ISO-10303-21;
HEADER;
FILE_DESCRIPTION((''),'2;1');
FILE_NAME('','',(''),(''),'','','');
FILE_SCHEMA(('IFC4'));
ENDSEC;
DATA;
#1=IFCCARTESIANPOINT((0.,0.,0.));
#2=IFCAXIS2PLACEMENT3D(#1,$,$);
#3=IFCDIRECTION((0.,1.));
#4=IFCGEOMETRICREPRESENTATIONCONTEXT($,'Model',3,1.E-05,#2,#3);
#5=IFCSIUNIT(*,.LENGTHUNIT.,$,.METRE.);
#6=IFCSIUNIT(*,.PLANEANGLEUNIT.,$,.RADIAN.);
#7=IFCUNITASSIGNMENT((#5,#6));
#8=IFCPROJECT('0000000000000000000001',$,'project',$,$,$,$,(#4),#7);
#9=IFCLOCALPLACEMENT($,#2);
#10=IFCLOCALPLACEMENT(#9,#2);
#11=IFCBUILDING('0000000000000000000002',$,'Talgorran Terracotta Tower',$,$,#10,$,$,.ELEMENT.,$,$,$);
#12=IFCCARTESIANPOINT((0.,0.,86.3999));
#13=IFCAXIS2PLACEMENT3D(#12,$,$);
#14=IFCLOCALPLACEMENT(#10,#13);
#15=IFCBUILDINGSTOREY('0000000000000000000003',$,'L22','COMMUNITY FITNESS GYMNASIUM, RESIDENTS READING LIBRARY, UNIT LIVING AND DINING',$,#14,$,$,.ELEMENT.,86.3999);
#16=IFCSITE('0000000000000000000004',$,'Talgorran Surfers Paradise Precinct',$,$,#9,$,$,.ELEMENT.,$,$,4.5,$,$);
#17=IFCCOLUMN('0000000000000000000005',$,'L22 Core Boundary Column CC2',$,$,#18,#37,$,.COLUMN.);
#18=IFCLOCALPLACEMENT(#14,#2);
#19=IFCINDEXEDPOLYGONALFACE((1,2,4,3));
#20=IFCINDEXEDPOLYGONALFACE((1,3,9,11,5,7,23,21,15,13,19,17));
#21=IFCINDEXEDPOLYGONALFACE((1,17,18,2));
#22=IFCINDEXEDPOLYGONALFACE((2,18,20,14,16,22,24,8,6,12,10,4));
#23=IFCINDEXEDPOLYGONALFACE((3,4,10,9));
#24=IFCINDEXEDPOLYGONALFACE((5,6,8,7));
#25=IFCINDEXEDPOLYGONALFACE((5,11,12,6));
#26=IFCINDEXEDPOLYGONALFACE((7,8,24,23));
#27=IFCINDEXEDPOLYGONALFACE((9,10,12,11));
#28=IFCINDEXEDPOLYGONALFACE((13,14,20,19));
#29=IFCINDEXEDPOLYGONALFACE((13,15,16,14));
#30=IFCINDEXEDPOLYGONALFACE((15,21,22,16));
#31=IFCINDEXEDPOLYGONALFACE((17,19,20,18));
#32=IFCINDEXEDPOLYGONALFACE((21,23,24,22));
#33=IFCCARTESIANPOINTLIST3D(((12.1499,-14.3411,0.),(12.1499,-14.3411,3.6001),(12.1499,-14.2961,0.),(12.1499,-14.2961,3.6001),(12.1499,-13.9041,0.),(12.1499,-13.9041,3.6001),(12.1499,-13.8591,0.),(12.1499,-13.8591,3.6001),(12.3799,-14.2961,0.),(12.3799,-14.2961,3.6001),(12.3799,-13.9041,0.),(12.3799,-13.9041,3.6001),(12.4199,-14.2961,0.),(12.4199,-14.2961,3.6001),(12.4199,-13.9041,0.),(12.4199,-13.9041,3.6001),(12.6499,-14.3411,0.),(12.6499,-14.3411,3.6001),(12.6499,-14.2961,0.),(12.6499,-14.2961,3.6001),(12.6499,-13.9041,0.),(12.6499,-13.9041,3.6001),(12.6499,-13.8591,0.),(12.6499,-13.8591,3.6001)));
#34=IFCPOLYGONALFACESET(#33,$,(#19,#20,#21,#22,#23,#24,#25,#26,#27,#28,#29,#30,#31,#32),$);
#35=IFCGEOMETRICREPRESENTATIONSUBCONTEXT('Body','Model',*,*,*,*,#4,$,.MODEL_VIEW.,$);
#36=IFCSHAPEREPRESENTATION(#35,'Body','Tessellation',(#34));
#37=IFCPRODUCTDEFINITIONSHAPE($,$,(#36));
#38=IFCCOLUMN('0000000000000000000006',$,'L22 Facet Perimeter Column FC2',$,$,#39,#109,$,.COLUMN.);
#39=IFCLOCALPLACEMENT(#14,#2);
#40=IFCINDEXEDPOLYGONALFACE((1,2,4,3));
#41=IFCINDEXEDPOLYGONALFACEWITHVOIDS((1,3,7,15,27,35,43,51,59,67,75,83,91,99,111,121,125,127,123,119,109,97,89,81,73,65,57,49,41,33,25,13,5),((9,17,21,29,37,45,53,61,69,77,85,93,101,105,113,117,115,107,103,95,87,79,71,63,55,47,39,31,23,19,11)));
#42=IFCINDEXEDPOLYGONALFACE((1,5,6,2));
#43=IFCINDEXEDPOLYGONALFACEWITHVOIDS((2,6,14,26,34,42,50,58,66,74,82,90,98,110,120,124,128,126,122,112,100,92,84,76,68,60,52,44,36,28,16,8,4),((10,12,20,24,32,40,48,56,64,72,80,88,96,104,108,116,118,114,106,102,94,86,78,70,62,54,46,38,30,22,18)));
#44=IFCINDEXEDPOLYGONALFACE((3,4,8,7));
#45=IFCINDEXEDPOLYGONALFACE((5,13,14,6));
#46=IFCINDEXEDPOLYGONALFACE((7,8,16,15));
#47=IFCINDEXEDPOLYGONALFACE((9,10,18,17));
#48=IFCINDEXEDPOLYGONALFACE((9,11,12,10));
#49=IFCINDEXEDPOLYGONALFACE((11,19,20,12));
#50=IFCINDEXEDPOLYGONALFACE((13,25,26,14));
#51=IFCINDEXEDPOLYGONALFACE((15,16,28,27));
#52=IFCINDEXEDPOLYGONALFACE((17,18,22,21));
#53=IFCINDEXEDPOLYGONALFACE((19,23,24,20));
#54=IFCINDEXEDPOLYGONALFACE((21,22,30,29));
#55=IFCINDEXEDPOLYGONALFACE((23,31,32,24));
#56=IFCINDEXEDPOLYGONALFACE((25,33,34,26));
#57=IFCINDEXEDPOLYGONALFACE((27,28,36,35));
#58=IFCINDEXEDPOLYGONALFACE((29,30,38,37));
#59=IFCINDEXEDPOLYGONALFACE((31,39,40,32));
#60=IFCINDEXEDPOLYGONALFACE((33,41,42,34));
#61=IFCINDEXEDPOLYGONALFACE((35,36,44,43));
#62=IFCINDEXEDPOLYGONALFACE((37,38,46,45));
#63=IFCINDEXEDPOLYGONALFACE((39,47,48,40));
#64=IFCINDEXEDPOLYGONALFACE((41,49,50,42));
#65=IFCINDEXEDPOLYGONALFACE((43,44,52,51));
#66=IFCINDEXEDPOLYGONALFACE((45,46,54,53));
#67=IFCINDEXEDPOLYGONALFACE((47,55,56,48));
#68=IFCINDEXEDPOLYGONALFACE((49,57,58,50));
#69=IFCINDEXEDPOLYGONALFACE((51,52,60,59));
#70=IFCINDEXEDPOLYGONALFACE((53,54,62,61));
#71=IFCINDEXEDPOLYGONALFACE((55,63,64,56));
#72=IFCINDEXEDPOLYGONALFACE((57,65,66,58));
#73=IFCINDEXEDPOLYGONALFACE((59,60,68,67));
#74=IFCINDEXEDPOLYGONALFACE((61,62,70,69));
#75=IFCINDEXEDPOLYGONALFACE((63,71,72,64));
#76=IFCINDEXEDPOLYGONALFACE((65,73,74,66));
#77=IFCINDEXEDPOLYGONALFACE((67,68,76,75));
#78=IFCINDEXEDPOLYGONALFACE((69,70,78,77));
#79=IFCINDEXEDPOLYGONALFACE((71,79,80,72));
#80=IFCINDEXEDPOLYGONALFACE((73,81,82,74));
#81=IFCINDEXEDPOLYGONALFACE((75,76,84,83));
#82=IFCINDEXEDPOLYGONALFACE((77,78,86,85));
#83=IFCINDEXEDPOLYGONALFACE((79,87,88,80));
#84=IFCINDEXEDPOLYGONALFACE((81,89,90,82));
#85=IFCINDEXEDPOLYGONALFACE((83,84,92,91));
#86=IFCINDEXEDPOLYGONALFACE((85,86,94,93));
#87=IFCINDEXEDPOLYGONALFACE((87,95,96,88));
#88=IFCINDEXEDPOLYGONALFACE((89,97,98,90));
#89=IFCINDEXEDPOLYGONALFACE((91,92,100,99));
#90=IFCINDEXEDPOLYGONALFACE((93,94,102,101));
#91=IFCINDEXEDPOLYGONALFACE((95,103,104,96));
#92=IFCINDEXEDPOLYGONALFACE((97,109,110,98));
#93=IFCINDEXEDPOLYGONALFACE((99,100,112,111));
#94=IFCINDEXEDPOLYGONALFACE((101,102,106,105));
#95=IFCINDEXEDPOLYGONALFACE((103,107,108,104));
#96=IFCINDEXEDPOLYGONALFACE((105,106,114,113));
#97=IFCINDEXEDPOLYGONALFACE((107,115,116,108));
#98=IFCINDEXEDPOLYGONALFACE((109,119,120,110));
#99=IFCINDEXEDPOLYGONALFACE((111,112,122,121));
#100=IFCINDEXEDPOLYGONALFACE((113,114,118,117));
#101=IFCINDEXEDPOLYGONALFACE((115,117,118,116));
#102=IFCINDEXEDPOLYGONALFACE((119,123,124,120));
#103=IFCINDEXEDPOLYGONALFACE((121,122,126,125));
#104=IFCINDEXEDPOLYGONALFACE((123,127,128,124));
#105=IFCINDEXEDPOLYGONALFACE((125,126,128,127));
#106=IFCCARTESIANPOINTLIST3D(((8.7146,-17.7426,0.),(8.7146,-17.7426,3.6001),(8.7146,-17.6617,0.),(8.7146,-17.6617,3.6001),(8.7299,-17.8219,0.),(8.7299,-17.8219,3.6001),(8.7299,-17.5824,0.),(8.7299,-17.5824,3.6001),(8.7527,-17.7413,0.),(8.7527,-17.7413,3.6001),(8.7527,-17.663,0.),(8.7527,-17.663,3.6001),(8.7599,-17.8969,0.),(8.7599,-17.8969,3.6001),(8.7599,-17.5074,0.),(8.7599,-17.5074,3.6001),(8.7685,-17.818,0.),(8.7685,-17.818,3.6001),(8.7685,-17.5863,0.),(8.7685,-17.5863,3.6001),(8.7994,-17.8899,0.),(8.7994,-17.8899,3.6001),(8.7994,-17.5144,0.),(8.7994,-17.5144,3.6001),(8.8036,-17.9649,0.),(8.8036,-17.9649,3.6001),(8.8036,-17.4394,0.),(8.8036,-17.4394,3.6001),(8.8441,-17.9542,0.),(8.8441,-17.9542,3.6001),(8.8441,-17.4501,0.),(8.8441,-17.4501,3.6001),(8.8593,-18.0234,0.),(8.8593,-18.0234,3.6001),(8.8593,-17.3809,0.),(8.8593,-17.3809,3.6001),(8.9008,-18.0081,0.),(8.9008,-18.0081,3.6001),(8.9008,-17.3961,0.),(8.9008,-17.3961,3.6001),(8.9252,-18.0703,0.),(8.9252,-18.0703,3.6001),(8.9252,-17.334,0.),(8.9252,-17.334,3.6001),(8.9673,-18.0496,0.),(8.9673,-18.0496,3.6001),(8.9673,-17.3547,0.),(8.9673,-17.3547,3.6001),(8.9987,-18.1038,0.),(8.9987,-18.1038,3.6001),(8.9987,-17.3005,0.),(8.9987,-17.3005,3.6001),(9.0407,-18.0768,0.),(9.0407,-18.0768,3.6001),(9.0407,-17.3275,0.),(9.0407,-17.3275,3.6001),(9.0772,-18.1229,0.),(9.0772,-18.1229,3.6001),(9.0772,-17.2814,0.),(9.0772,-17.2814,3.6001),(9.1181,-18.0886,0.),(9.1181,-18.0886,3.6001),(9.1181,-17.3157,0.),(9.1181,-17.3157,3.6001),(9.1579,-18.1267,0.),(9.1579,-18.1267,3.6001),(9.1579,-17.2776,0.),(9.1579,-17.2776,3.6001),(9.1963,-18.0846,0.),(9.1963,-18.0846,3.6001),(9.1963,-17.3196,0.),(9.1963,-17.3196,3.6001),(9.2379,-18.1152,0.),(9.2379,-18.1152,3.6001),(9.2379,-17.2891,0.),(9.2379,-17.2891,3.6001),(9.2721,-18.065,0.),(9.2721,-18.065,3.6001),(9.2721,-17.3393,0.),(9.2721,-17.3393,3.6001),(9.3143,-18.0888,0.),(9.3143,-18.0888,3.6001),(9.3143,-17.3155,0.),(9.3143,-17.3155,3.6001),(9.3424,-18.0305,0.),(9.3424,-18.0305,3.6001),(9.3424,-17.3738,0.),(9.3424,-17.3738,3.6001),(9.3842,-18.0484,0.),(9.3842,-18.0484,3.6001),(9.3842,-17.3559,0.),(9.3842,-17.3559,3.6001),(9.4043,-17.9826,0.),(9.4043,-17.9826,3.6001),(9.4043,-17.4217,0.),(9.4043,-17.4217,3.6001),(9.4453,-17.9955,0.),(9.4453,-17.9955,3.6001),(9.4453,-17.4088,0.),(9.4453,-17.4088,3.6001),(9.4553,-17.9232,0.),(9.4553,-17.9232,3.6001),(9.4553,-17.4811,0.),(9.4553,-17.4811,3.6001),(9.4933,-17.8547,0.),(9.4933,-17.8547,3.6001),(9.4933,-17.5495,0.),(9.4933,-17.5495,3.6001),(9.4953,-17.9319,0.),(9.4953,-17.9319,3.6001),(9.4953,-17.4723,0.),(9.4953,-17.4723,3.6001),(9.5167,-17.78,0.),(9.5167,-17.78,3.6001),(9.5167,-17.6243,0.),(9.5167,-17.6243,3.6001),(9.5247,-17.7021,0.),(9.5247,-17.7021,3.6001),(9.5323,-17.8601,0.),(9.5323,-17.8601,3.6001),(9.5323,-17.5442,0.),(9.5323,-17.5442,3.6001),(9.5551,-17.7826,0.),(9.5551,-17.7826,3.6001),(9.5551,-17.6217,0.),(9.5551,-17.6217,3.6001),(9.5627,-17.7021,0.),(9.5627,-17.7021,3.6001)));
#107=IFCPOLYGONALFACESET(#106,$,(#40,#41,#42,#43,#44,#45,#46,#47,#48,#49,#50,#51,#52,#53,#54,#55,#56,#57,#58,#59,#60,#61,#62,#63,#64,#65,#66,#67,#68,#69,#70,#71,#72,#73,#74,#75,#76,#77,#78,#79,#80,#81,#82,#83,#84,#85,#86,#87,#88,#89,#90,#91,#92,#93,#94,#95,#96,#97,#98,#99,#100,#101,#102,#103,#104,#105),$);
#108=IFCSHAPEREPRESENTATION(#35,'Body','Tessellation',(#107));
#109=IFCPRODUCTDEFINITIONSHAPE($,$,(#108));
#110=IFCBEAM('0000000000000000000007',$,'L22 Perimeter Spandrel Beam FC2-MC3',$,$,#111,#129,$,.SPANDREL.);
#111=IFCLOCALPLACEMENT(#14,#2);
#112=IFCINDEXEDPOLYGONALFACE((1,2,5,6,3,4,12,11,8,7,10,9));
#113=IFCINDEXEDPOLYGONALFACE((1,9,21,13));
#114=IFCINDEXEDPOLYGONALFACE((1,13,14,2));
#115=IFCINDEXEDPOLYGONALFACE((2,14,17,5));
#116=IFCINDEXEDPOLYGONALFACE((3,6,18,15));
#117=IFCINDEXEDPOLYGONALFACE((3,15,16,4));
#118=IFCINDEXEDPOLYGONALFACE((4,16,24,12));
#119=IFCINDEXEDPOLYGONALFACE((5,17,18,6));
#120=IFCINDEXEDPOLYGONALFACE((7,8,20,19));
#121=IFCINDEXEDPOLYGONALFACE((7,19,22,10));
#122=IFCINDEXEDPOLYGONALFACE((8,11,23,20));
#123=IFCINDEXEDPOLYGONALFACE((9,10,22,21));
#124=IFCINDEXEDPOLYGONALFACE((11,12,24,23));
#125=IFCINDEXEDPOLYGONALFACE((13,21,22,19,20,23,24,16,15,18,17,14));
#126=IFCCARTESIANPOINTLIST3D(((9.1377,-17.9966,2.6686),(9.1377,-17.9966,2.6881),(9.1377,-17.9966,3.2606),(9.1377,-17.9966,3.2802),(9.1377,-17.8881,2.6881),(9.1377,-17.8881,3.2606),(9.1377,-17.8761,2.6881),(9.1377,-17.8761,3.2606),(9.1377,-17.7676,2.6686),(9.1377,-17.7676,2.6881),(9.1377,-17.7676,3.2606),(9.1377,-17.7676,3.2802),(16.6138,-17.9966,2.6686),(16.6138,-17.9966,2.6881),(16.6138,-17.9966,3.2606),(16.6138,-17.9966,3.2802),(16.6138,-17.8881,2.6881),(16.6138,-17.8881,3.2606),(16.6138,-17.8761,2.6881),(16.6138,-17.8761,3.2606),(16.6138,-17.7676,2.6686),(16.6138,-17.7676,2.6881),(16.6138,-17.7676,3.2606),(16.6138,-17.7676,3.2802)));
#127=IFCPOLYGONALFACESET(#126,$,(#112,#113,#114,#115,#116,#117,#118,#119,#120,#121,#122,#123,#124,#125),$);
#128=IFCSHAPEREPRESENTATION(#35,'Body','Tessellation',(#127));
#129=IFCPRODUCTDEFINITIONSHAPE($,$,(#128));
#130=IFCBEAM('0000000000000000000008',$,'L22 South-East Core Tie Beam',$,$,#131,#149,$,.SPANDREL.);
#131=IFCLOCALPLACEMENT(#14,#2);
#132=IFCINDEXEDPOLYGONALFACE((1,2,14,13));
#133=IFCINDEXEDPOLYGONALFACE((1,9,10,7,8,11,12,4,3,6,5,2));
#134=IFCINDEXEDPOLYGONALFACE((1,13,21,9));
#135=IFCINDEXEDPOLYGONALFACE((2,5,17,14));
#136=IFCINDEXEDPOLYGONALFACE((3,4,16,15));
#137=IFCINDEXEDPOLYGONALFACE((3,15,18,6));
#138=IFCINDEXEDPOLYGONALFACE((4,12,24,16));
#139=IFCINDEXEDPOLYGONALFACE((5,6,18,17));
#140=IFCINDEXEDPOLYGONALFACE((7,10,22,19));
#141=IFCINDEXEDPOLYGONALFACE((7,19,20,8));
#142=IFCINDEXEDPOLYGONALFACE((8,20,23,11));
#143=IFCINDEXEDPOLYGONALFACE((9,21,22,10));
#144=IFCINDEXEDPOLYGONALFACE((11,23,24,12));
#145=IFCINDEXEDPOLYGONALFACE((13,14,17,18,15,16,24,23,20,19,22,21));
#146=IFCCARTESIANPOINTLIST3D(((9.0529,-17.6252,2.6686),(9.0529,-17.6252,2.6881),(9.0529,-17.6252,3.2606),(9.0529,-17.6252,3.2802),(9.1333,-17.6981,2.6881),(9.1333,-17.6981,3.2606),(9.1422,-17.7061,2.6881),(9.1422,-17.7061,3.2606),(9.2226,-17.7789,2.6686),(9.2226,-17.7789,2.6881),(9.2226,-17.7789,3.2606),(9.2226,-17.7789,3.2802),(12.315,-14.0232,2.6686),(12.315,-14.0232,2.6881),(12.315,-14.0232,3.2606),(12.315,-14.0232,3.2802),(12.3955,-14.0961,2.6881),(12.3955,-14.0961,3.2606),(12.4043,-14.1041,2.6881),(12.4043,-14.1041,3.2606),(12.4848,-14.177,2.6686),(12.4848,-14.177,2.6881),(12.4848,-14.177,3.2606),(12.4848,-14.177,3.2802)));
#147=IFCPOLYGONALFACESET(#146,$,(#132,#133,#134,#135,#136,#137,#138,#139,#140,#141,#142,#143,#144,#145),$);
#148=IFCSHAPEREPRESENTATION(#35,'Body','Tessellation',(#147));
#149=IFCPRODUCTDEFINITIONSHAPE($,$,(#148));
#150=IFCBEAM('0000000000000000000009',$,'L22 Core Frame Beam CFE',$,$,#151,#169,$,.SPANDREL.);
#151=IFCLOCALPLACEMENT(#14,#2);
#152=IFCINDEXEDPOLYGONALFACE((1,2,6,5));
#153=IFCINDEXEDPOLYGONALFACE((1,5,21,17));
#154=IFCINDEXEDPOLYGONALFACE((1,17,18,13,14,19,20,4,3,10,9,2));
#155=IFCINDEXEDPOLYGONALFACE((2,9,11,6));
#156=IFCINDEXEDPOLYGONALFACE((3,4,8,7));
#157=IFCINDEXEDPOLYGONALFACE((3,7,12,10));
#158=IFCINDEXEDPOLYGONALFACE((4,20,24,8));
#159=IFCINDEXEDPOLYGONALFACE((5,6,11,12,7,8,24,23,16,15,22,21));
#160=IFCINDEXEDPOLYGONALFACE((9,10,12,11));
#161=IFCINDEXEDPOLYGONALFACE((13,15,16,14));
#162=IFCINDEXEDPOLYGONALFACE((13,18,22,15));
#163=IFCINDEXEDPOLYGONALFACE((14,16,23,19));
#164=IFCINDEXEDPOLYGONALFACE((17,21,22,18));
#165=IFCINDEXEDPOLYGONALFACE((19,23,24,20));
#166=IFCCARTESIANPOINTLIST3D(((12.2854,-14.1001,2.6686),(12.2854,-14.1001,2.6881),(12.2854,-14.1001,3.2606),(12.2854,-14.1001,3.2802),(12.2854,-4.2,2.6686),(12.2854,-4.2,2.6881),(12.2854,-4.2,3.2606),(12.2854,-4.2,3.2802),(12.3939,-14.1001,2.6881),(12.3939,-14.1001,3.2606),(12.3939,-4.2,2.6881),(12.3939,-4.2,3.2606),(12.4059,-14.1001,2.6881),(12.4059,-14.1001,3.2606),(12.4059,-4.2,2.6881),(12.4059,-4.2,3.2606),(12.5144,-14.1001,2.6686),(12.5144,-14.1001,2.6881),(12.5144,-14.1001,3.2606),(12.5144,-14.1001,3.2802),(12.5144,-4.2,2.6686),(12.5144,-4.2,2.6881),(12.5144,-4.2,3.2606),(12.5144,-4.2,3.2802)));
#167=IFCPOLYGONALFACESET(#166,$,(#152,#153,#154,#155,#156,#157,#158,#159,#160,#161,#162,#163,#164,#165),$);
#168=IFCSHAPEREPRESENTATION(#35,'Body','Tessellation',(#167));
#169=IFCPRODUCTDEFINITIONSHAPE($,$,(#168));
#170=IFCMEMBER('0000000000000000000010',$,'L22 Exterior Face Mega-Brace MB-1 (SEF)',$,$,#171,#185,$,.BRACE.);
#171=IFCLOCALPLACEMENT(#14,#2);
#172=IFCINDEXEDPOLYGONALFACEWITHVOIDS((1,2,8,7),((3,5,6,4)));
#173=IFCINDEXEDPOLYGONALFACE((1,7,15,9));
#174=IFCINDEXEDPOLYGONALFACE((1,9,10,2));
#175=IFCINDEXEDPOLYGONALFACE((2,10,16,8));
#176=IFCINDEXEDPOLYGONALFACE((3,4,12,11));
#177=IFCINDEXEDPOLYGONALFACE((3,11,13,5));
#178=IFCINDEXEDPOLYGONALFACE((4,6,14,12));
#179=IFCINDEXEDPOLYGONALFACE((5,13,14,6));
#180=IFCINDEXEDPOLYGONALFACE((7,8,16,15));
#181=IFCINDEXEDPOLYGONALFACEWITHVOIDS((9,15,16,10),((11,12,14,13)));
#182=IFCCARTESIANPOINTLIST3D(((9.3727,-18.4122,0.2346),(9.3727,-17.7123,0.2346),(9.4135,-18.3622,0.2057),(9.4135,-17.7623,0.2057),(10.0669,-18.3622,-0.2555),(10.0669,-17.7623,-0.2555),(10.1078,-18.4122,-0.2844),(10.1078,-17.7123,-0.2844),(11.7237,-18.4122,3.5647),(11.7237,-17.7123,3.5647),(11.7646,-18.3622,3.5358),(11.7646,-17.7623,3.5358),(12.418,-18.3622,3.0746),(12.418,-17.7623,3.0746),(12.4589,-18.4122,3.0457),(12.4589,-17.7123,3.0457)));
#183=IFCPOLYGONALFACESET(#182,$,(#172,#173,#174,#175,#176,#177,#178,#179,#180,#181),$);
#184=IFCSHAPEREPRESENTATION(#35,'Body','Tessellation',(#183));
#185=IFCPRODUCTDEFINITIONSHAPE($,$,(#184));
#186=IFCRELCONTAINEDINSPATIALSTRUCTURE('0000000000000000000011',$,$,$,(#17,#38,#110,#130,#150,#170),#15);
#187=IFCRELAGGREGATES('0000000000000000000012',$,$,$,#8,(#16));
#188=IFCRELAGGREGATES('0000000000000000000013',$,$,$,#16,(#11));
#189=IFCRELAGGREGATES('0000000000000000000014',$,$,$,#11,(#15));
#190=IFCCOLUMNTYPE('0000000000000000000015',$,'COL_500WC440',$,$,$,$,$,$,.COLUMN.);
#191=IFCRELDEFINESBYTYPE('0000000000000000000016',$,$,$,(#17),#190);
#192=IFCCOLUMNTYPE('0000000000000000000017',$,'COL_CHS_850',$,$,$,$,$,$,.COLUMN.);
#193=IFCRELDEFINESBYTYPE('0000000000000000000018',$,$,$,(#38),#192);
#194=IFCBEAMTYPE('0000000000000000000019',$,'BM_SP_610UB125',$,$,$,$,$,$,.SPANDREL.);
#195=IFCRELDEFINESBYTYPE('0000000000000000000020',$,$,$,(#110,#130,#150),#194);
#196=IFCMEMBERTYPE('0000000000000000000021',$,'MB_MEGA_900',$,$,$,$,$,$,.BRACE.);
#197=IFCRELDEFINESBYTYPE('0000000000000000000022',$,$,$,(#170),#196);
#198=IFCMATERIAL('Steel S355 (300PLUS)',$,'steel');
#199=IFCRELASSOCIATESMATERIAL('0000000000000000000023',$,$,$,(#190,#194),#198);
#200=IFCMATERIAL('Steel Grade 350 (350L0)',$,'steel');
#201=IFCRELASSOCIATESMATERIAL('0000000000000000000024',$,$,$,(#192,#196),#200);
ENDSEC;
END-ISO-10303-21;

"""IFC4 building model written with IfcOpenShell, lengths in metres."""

from ifc_helpers import new_model, si_unit, direction, frame, origin, origin_2d, place, context, subcontext, project, spatial, hollow_rectangle, hollow_circle, i_section, extrude, material, material_profile, profile_set, type_object, element, save


model = new_model("IFC4")

# Units and contexts
model_context = context("Model", 3, precision=1e-05, world=origin(), true_north=direction((0.0, 1.0)))
body_context = subcontext(model_context, "Body", "Model", "MODEL_VIEW")
ifc_project = project(units=[si_unit("LENGTHUNIT", "METRE"), si_unit("PLANEANGLEUNIT", "RADIAN")], contexts=[model_context])

# Site, building, storey
site_placement = place(None, origin())
site = spatial("IfcSite", under=ifc_project, at=site_placement, Name="Talgorran Surfers Paradise Precinct", CompositionType="ELEMENT", RefElevation=4.5)
building_placement = place(site_placement, origin())
building = spatial("IfcBuilding", under=site, at=building_placement, Name="Talgorran Terracotta Tower", CompositionType="ELEMENT")
storey_placement = place(building_placement, frame((0.0, 0.0, 86.3999)))
storey = spatial("IfcBuildingStorey", under=building, at=storey_placement, Name="L22", Description="COMMUNITY FITNESS GYMNASIUM, RESIDENTS READING LIBRARY, UNIT LIVING AND DINING", CompositionType="ELEMENT", Elevation=86.3999)

# Columns
ifc_material_1 = material(Name="Steel S355 (300PLUS)", Category="steel")
ifc_material_profile_1 = material_profile(ifc_material_1, i_section(OverallWidth=0.5, OverallDepth=0.4819, WebThickness=0.04, FlangeThickness=0.0449, at=origin_2d()), Name="500WC440")
ifc_profile_set_1 = profile_set([ifc_material_profile_1], Name="Steel S355 (300PLUS)")
column_type_1 = type_object("IfcColumnType", Name="COL_500WC440", PredefinedType="COLUMN", material=ifc_profile_set_1)
column_1_placement = place(storey_placement, frame((12.3999, -14.1001, 0.0), z_axis=(0.0, 0.0, 1.0), x_axis=(1.0, 0.0, 0.0)))
element("IfcColumn", 1, at=column_1_placement, inside=storey, type_object=column_type_1, Name="L22 Core Boundary Column CC2", PredefinedType="COLUMN", context=body_context, shape_type="SweptSolid", body=[
    extrude(i_section(OverallWidth=0.5, OverallDepth=0.4819, WebThickness=0.04, FlangeThickness=0.0449, at=origin_2d()), origin(), (0.0, 0.0, 1.0), 3.6001),
])
ifc_material_2 = material(Name="Steel Grade 350 (350L0)", Category="steel")
ifc_material_profile_2 = material_profile(ifc_material_2, hollow_circle(Radius=0.425, WallThickness=0.0381, at=origin_2d()), Name="CHS850X38")
ifc_profile_set_2 = profile_set([ifc_material_profile_2], Name="Steel Grade 350 (350L0)")
column_type_2 = type_object("IfcColumnType", Name="COL_CHS_850", PredefinedType="COLUMN", material=ifc_profile_set_2)
column_2_placement = place(storey_placement, frame((9.1377, -17.7021, 0.0), z_axis=(0.0, 0.0, 1.0), x_axis=(1.0, 0.0, 0.0)))
element("IfcColumn", 2, at=column_2_placement, inside=storey, type_object=column_type_2, Name="L22 Facet Perimeter Column FC2", PredefinedType="COLUMN", context=body_context, shape_type="SweptSolid", body=[
    extrude(hollow_circle(Radius=0.425, WallThickness=0.0381, at=origin_2d()), origin(), (0.0, 0.0, 1.0), 3.6001),
])

# Beams
ifc_material_profile_3 = material_profile(ifc_material_1, i_section(OverallWidth=0.229, OverallDepth=0.6116, WebThickness=0.012, FlangeThickness=0.0195, at=origin_2d()), Name="610UB125")
ifc_profile_set_3 = profile_set([ifc_material_profile_3], Name="Steel S355 (300PLUS)")
beam_type = type_object("IfcBeamType", Name="BM_SP_610UB125", PredefinedType="SPANDREL", material=ifc_profile_set_3)
beam_1_placement = place(storey_placement, frame((9.1377, -17.8821, 2.9744), z_axis=(1.0, 0.0, 0.0), x_axis=(0.0, 1.0, 0.0)))
element("IfcBeam", 3, at=beam_1_placement, inside=storey, type_object=beam_type, Name="L22 Perimeter Spandrel Beam FC2-MC3", PredefinedType="SPANDREL", context=body_context, shape_type="SweptSolid", body=[
    extrude(i_section(OverallWidth=0.229, OverallDepth=0.6116, WebThickness=0.012, FlangeThickness=0.0195, at=origin_2d()), origin(), (0.0, 0.0, 1.0), 7.4761),
])
beam_2_placement = place(storey_placement, frame((12.3999, -14.1001, 2.9744), z_axis=(-0.671276, -0.741207, 0.0), x_axis=(0.741207, -0.671276, 0.0)))
element("IfcBeam", 4, at=beam_2_placement, inside=storey, type_object=beam_type, Name="L22 South-East Core Tie Beam", PredefinedType="SPANDREL", context=body_context, shape_type="SweptSolid", body=[
    extrude(i_section(OverallWidth=0.229, OverallDepth=0.6116, WebThickness=0.012, FlangeThickness=0.0195, at=origin_2d()), origin(), (0.0, 0.0, 1.0), 4.8596),
])
beam_3_placement = place(storey_placement, frame((12.3999, -14.1001, 2.9744), z_axis=(0.0, 1.0, 0.0), x_axis=(-1.0, 0.0, 0.0)))
element("IfcBeam", 5, at=beam_3_placement, inside=storey, type_object=beam_type, Name="L22 Core Frame Beam CFE", PredefinedType="SPANDREL", context=body_context, shape_type="SweptSolid", body=[
    extrude(i_section(OverallWidth=0.229, OverallDepth=0.6116, WebThickness=0.012, FlangeThickness=0.0195, at=origin_2d()), origin(), (0.0, 0.0, 1.0), 9.9001),
])

# Member
ifc_material_profile_4 = material_profile(ifc_material_2, hollow_rectangle(XDim=0.7, YDim=0.8999, WallThickness=0.05, at=origin_2d()), Name="WBOX900X700X50")
ifc_profile_set_4 = profile_set([ifc_material_profile_4], Name="Steel Grade 350 (350L0)")
member_type_1 = type_object("IfcMemberType", Name="MB_MEGA_900", PredefinedType="BRACE", material=ifc_profile_set_4)
member_1_placement = place(storey_placement, frame((9.7402, -18.0623, -0.0249), z_axis=(0.576754, 0.0, 0.816918), x_axis=(0.0, 1.0, 0.0)))
element("IfcMember", 6, at=member_1_placement, inside=storey, type_object=member_type_1, Name="L22 Exterior Face Mega-Brace MB-1 (SEF)", PredefinedType="BRACE", context=body_context, shape_type="SweptSolid", body=[
    extrude(hollow_rectangle(XDim=0.7, YDim=0.8999, WallThickness=0.05, at=origin_2d()), origin(), (0.0, 0.0, 1.0), 4.0764),
])

save(model, "model.ifc")
